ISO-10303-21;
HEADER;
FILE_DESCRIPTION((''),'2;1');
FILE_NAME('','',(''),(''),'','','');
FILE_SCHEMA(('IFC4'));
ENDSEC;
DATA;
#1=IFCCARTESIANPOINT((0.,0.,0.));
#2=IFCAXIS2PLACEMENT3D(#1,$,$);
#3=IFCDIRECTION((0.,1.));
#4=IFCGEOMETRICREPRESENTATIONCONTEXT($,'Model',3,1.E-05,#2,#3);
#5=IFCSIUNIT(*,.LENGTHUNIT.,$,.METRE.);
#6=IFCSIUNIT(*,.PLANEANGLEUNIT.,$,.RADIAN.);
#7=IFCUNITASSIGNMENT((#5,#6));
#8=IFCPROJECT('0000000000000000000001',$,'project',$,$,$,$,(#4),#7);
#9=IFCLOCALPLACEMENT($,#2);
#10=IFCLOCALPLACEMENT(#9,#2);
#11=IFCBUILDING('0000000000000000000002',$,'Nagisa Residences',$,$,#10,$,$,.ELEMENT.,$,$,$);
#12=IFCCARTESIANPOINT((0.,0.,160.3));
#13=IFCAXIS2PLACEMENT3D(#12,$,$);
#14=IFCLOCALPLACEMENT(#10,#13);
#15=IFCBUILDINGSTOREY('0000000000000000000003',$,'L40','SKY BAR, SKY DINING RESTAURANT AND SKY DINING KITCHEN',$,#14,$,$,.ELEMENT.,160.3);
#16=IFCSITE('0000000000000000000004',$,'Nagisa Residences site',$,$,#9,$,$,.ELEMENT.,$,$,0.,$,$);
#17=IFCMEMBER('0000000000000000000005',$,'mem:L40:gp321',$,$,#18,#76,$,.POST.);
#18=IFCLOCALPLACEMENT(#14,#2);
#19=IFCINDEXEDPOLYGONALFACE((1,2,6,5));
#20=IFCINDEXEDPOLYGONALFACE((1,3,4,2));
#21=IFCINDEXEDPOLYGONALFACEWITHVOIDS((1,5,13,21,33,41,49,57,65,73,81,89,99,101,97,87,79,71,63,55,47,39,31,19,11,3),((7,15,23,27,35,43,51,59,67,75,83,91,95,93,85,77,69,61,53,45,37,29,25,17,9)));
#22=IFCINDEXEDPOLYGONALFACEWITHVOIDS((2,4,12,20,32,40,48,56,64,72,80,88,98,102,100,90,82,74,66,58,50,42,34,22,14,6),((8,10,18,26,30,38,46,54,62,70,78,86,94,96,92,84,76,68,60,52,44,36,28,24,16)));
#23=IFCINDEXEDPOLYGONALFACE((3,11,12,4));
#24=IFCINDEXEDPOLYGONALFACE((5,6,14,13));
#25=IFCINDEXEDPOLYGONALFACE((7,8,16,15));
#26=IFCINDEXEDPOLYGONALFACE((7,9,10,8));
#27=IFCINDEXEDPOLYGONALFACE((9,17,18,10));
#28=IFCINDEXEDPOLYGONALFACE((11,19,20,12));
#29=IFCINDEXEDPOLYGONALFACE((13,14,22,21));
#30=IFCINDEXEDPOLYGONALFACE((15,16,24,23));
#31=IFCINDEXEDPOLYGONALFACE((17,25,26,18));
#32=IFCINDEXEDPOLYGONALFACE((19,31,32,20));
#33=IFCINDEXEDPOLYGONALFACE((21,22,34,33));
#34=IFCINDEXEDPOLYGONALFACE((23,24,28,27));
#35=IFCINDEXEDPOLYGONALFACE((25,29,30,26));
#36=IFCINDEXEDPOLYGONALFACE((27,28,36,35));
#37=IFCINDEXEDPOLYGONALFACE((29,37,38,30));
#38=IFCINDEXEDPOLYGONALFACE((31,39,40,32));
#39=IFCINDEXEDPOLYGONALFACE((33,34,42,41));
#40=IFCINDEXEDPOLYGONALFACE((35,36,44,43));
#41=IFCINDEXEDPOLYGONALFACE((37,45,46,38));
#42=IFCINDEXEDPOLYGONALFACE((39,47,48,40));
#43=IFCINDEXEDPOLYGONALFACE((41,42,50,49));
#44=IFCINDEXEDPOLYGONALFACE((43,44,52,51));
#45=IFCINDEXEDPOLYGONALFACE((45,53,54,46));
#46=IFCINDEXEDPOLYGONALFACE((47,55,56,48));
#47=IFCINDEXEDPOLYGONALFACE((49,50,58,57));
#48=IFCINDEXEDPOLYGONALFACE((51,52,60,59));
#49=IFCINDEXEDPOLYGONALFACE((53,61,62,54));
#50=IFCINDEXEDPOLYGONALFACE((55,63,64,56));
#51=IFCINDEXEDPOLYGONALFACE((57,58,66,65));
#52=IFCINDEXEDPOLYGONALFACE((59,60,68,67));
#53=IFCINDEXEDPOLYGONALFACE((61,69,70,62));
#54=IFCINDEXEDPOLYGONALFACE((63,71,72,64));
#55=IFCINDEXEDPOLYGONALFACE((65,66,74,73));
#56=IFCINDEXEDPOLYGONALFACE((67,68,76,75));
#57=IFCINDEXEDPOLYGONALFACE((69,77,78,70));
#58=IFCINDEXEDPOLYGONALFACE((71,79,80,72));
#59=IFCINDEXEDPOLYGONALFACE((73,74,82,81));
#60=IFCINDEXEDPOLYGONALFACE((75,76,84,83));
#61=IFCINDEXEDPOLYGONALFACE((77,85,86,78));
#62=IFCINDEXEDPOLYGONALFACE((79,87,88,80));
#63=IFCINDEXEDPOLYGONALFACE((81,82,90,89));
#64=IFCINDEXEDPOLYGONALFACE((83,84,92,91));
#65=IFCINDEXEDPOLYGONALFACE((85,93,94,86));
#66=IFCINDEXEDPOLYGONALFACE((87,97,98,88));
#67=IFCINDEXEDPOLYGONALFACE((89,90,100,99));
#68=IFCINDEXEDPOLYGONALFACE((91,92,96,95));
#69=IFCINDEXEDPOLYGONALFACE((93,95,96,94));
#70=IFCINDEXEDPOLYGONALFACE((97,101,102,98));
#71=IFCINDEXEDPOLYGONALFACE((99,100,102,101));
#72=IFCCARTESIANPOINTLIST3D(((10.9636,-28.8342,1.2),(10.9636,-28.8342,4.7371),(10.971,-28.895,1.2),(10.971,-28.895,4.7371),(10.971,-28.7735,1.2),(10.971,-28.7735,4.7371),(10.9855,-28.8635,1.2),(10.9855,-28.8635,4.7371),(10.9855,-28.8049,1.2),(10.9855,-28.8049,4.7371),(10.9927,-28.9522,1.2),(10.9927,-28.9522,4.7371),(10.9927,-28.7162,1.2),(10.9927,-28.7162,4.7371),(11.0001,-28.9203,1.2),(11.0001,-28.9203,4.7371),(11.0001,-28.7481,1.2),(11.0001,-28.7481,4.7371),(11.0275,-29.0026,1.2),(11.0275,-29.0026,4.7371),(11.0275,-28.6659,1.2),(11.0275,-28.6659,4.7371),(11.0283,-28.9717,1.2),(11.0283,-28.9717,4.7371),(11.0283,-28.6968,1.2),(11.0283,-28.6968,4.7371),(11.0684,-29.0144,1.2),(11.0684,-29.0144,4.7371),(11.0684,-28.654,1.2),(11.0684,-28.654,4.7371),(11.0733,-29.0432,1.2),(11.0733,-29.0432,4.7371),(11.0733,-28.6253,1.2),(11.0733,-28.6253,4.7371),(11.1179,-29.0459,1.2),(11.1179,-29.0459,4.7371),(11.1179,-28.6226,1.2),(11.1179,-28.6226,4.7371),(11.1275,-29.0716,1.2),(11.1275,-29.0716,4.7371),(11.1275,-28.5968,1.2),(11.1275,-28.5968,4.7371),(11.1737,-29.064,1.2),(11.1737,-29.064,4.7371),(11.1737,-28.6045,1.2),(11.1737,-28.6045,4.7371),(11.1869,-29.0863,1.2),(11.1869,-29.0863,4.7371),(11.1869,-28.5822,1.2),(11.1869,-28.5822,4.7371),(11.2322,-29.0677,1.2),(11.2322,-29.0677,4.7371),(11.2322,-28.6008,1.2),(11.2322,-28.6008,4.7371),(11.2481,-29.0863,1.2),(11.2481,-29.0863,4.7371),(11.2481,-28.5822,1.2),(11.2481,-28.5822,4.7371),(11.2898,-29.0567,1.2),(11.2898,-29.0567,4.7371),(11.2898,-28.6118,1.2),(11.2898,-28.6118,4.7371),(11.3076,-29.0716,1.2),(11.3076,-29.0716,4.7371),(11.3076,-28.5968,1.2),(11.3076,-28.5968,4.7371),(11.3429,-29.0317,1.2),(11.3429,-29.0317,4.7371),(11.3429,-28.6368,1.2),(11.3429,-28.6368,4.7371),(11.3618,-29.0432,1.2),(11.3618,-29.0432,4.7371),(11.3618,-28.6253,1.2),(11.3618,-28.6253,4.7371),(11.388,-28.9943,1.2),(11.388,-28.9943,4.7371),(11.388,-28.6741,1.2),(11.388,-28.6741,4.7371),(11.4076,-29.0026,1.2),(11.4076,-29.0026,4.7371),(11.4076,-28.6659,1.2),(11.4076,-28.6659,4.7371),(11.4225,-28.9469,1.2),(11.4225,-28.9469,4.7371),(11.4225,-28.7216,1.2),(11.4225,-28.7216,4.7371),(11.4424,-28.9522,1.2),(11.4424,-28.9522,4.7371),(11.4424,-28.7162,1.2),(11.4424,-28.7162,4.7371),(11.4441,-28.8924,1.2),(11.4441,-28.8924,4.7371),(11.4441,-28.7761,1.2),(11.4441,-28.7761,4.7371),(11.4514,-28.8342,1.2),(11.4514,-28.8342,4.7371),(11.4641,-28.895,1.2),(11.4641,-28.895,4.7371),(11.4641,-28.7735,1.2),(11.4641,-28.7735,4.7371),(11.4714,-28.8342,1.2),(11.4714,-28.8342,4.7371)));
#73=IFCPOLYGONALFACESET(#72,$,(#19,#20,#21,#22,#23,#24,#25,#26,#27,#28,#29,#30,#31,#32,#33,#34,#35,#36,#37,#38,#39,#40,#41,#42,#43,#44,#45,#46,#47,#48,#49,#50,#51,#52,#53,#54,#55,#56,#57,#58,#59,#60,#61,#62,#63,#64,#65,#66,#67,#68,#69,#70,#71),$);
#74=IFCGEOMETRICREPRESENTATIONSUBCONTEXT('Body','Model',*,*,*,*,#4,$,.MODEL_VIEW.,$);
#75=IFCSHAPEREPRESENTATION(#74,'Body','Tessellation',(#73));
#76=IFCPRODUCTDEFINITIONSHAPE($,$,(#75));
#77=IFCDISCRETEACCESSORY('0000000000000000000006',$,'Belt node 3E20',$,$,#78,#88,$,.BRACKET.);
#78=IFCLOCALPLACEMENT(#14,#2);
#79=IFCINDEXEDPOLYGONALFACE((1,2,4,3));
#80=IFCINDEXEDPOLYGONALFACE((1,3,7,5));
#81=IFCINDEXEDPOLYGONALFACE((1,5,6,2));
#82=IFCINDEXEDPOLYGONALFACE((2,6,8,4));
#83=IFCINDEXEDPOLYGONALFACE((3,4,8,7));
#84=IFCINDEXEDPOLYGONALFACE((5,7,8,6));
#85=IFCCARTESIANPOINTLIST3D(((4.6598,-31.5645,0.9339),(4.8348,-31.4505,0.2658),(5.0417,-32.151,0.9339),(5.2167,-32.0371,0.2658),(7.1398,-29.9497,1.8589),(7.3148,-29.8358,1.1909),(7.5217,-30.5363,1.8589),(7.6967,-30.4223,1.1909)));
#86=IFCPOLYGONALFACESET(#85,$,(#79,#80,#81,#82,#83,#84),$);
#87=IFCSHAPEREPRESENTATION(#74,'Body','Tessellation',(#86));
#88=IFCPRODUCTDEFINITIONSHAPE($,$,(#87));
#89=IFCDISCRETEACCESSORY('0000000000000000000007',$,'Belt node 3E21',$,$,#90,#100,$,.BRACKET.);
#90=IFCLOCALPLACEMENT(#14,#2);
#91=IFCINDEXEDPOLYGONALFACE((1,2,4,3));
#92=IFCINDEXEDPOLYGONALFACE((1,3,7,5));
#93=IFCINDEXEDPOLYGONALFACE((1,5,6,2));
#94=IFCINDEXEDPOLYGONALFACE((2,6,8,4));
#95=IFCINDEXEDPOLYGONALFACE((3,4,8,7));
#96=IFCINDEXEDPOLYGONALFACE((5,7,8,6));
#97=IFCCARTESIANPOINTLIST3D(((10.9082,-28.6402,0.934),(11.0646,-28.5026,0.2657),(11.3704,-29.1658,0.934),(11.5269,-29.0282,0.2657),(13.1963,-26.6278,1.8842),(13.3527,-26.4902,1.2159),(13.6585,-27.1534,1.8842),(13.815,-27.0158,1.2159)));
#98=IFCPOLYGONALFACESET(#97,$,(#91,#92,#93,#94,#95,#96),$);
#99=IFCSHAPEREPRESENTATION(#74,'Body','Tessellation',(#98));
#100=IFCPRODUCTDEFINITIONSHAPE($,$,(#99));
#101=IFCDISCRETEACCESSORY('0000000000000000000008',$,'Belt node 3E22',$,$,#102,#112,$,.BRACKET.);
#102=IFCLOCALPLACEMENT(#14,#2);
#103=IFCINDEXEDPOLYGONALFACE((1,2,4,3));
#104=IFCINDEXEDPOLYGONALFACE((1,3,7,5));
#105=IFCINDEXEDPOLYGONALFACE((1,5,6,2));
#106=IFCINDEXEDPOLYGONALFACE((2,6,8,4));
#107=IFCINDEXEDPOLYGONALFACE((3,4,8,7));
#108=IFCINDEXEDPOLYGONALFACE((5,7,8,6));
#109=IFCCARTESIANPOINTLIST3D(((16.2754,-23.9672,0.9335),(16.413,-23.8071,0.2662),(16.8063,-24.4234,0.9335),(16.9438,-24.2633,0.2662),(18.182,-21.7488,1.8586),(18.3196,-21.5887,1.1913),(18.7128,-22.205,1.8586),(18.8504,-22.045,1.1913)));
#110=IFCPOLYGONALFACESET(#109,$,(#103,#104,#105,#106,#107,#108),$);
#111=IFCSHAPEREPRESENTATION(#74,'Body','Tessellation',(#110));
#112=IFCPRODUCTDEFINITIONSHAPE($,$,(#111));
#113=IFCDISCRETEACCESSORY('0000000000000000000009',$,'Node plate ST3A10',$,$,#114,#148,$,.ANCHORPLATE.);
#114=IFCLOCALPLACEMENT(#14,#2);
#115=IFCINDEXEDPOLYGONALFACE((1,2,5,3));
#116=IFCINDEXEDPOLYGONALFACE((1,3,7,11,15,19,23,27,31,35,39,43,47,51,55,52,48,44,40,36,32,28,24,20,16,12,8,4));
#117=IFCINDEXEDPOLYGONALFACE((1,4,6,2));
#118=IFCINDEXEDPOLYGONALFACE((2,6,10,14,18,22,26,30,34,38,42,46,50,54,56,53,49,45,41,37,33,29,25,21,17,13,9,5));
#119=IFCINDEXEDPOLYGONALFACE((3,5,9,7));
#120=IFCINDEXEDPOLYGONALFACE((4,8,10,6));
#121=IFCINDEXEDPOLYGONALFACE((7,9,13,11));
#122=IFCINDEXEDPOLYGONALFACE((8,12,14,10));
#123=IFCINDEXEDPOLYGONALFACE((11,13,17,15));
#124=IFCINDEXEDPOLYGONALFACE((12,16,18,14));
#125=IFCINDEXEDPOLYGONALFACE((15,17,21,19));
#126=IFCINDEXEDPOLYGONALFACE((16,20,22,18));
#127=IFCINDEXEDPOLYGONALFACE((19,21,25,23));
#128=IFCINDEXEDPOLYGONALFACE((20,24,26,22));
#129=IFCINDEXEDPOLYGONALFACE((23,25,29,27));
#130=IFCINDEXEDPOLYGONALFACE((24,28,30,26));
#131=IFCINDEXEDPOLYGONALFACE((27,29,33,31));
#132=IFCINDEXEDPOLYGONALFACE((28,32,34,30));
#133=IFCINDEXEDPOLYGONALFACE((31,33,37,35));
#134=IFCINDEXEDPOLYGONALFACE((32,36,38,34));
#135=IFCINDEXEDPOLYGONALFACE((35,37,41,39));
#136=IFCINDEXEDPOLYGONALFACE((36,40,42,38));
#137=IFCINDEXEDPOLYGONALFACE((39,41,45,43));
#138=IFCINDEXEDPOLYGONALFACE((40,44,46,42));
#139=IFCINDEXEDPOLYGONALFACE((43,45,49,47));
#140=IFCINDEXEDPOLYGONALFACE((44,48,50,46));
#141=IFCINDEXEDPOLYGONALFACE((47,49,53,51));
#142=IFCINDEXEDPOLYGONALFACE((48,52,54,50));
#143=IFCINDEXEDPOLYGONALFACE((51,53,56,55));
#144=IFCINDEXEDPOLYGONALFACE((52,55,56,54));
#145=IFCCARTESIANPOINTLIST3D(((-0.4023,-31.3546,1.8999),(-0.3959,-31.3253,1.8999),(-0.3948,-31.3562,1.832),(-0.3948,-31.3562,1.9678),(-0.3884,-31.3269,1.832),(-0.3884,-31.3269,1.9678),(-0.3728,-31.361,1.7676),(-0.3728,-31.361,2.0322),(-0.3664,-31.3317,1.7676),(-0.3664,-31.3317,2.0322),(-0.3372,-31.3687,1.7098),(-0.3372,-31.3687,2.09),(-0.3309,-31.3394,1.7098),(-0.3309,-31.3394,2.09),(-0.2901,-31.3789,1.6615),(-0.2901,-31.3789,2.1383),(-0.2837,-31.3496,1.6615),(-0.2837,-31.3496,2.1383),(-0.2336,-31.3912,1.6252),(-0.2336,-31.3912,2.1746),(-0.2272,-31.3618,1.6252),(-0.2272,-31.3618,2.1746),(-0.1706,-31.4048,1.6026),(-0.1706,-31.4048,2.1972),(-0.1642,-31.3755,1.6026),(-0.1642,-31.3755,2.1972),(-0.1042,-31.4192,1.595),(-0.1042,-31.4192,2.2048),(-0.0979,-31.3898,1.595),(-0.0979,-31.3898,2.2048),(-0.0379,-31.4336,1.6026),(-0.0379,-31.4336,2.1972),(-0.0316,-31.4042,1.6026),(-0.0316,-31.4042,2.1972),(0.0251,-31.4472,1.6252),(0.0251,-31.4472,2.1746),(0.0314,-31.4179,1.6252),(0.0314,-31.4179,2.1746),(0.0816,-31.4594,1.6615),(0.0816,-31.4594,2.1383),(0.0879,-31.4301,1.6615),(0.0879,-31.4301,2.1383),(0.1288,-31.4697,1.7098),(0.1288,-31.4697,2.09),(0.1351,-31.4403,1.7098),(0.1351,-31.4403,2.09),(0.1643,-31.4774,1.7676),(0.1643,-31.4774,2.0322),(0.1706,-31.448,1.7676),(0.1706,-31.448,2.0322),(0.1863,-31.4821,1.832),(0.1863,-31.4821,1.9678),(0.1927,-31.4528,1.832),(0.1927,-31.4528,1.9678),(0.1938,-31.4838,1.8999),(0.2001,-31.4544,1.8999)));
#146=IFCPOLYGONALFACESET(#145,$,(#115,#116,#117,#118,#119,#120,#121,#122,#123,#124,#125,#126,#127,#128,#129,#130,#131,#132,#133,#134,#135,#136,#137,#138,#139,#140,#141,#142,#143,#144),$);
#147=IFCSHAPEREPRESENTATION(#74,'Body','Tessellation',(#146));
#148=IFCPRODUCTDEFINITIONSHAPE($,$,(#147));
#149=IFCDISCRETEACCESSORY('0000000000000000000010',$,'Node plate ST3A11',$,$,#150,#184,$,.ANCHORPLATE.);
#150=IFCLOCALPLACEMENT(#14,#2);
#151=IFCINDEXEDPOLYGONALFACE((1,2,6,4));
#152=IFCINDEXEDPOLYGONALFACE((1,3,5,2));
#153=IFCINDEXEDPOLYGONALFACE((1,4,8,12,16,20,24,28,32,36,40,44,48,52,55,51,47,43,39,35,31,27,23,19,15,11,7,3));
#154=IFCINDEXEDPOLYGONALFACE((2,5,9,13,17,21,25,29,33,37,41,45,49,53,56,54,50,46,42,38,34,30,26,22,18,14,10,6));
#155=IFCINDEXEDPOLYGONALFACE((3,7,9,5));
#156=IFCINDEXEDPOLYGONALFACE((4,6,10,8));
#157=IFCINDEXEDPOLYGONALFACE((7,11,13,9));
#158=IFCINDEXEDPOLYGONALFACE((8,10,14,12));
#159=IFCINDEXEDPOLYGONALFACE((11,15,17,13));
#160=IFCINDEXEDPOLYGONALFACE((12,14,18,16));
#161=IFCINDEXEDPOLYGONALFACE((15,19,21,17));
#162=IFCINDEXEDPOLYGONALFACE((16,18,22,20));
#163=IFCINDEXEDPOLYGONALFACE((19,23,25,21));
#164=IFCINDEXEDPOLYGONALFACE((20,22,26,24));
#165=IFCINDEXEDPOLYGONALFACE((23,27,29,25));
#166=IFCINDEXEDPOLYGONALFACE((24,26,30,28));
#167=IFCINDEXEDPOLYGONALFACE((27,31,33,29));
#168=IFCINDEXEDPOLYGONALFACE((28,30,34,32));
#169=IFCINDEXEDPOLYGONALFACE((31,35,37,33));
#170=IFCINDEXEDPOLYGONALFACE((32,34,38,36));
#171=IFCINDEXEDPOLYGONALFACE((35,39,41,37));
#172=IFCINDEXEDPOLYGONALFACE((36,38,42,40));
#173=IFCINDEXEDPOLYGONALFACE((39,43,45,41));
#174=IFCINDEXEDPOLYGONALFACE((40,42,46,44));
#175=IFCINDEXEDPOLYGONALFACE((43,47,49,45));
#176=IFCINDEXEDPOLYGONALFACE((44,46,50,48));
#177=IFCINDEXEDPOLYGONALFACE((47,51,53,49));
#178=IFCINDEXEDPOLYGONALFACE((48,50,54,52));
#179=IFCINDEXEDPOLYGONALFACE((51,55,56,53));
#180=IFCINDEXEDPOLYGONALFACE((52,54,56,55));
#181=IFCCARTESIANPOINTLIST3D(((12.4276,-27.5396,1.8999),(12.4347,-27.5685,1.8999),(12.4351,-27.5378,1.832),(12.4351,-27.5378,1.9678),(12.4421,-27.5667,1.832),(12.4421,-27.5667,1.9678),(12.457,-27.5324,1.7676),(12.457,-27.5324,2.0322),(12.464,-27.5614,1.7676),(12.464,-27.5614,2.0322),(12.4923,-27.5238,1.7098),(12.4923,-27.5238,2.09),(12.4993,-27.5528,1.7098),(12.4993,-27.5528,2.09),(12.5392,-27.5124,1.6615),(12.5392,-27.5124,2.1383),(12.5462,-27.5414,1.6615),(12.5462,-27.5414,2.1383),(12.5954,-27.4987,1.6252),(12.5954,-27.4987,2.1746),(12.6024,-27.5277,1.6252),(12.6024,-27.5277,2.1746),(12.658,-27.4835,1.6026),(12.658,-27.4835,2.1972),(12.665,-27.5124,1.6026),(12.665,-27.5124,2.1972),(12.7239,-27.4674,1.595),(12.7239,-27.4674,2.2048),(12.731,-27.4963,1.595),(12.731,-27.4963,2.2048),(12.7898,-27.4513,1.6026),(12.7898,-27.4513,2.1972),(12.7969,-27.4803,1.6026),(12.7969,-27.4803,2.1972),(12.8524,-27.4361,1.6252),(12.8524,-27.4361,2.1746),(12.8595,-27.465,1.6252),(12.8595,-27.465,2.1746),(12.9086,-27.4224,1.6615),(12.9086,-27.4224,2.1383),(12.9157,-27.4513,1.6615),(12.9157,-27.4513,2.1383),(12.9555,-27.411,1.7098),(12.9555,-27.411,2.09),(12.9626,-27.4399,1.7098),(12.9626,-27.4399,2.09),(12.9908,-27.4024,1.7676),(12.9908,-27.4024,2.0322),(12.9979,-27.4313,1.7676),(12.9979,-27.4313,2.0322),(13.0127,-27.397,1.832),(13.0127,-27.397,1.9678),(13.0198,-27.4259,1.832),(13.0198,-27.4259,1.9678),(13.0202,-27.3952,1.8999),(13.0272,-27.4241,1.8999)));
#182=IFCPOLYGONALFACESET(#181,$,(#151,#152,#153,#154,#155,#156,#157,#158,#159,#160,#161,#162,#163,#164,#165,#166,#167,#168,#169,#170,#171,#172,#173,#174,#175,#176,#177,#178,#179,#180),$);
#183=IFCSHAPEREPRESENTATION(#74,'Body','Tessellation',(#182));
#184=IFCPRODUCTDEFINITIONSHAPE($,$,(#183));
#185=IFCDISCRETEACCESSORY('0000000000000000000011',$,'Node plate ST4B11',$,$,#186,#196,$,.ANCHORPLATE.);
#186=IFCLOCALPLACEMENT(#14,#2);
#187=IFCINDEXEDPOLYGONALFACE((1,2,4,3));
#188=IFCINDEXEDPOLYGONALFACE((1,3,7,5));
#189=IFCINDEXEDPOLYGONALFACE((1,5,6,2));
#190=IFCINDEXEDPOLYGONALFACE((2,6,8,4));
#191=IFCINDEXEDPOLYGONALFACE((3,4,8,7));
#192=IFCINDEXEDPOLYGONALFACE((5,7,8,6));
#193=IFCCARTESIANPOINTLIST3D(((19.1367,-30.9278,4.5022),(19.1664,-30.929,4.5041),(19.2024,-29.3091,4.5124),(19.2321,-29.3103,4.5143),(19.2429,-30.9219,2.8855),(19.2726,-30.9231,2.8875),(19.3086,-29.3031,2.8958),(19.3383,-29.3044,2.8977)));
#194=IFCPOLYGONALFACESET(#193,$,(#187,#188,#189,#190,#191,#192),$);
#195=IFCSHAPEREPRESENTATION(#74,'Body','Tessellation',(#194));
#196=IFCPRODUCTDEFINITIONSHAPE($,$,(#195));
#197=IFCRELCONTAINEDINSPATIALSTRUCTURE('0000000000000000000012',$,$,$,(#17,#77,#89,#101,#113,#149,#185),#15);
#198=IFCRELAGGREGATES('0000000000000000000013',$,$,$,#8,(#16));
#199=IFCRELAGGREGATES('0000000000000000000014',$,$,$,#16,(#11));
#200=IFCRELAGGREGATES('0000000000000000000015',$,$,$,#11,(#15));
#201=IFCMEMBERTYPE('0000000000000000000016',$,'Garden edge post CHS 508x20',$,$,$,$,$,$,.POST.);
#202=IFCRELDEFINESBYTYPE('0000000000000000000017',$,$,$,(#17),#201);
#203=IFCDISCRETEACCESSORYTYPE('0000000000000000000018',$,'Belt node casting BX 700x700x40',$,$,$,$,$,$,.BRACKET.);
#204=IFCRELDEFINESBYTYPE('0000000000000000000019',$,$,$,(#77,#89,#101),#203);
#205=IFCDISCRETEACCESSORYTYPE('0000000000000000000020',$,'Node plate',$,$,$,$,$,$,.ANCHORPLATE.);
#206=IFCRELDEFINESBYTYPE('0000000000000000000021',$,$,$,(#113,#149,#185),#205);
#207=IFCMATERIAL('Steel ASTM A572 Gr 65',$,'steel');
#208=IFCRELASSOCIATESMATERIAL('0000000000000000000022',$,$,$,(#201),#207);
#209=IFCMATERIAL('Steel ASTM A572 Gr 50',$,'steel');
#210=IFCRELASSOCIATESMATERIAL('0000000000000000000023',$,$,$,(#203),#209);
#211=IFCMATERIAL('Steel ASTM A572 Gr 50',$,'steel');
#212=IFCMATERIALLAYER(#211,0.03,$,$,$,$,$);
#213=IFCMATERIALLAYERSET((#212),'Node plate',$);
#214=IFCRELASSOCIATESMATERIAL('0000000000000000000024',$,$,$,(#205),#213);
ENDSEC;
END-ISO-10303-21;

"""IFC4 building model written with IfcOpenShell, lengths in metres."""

from ifc_helpers import new_model, si_unit, direction, frame, origin, origin_2d, place, context, subcontext, project, spatial, rectangle, circle, hollow_circle, extrude, material, layer, layer_set, material_profile, profile_set, type_object, element, save


model = new_model("IFC4")

# Units and contexts
model_context = context("Model", 3, precision=1e-05, world=origin(), true_north=direction((0.0, 1.0)))
body_context = subcontext(model_context, "Body", "Model", "MODEL_VIEW")
ifc_project = project(units=[si_unit("LENGTHUNIT", "METRE"), si_unit("PLANEANGLEUNIT", "RADIAN")], contexts=[model_context])

# Site, building, storey
site_placement = place(None, origin())
site = spatial("IfcSite", under=ifc_project, at=site_placement, Name="Nagisa Residences site", CompositionType="ELEMENT", RefElevation=0.0)
building_placement = place(site_placement, origin())
building = spatial("IfcBuilding", under=site, at=building_placement, Name="Nagisa Residences", CompositionType="ELEMENT")
storey_placement = place(building_placement, frame((0.0, 0.0, 160.3)))
storey = spatial("IfcBuildingStorey", under=building, at=storey_placement, Name="L40", Description="SKY BAR, SKY DINING RESTAURANT AND SKY DINING KITCHEN", CompositionType="ELEMENT", Elevation=160.3)

# Member
ifc_material_1 = material(Name="Steel ASTM A572 Gr 65", Category="steel")
ifc_material_profile_1 = material_profile(ifc_material_1, hollow_circle(Radius=0.2539, WallThickness=0.02, at=origin_2d()), Name="CHS 508x20")
ifc_profile_set_1 = profile_set([ifc_material_profile_1], Name="Steel ASTM A572 Gr 65")
member_type_1 = type_object("IfcMemberType", Name="Garden edge post CHS 508x20", PredefinedType="POST", material=ifc_profile_set_1)
for number, where, z_axis, x_axis, name in (
    (1, (11.2175, -28.8342, 1.2), (0.0, 0.0, 1.0), (1.0, 0.0, 0.0), "mem:L40:gp321"),
):
    element("IfcMember", number, at=place(storey_placement, frame(where, z_axis=z_axis, x_axis=x_axis)), inside=storey, type_object=member_type_1, Name=name, PredefinedType="POST", context=body_context, shape_type="SweptSolid", body=[
        extrude(hollow_circle(Radius=0.2539, WallThickness=0.02, at=origin_2d()), origin(), (0.0, 0.0, 1.0), 3.5371),
    ])

# Discrete accessories
ifc_material_2 = material(Name="Steel ASTM A572 Gr 50", Category="steel")
discrete_accessory_type_1 = type_object("IfcDiscreteAccessoryType", Name="Belt node casting BX 700x700x40", PredefinedType="BRACKET", material=ifc_material_2)
discrete_accessory_1_placement = place(storey_placement, frame((4.9382, -31.8008, 0.5999), z_axis=(0.799851, 0.520793, 0.29835), x_axis=(-0.545644, 0.838017, 0.0)))
element("IfcDiscreteAccessory", 2, at=discrete_accessory_1_placement, inside=storey, type_object=discrete_accessory_type_1, Name="Belt node 3E20", PredefinedType="BRACKET", context=body_context, shape_type="SweptSolid", body=[
    extrude(rectangle(XDim=0.7, YDim=0.7, at=origin_2d()), origin(), (0.0, 0.0, 1.0), 3.1006),
])
discrete_accessory_2_placement = place(storey_placement, frame((11.2175, -28.8342, 0.5999), z_axis=(0.716843, 0.630489, 0.29769), x_axis=(-0.660431, 0.750887, 0.0)))
element("IfcDiscreteAccessory", 3, at=discrete_accessory_2_placement, inside=storey, type_object=discrete_accessory_type_1, Name="Belt node 3E21", PredefinedType="BRACKET", context=body_context, shape_type="SweptSolid", body=[
    extrude(rectangle(XDim=0.7, YDim=0.7, at=origin_2d()), origin(), (0.0, 0.0, 1.0), 3.1919),
])
discrete_accessory_3_placement = place(storey_placement, frame((16.6096, -24.1152, 0.5999), z_axis=(0.621462, 0.72309, 0.301539), x_axis=(-0.75839, 0.651801, 0.0)))
element("IfcDiscreteAccessory", 4, at=discrete_accessory_3_placement, inside=storey, type_object=discrete_accessory_type_1, Name="Belt node 3E22", PredefinedType="BRACKET", context=body_context, shape_type="SweptSolid", body=[
    extrude(rectangle(XDim=0.7, YDim=0.7, at=origin_2d()), origin(), (0.0, 0.0, 1.0), 3.0679),
])
ifc_material_3 = material(Name="Steel ASTM A572 Gr 50", Category="steel")
ifc_layer = layer(ifc_material_3, 0.03)
ifc_layer_set = layer_set([ifc_layer], Name="Node plate")
discrete_accessory_type_2 = type_object("IfcDiscreteAccessoryType", Name="Node plate", PredefinedType="ANCHORPLATE", material=ifc_layer_set)
discrete_accessory_4_placement = place(storey_placement, frame((-0.1042, -31.4192, 1.8999), z_axis=(0.211753, 0.977323, 0.0), x_axis=(-0.977323, 0.211753, 0.0)))
element("IfcDiscreteAccessory", 5, at=discrete_accessory_4_placement, inside=storey, type_object=discrete_accessory_type_2, Name="Node plate ST3A10", PredefinedType="ANCHORPLATE", context=body_context, shape_type="SweptSolid", body=[
    extrude(circle(Radius=0.3049, at=origin_2d()), origin(), (0.0, 0.0, 1.0), 0.03),
])
discrete_accessory_5_placement = place(storey_placement, frame((12.731, -27.4963, 1.8999), z_axis=(-0.236768, 0.971566, 0.0), x_axis=(-0.971566, -0.236768, 0.0)))
element("IfcDiscreteAccessory", 6, at=discrete_accessory_5_placement, inside=storey, type_object=discrete_accessory_type_2, Name="Node plate ST3A11", PredefinedType="ANCHORPLATE", context=body_context, shape_type="SweptSolid", body=[
    extrude(circle(Radius=0.3049, at=origin_2d()), origin(), (0.0, 0.0, 1.0), 0.0298),
])
discrete_accessory_6_placement = place(storey_placement, frame((19.2227, -30.1155, 3.699), z_axis=(0.997024, -0.040862, 0.065379), x_axis=(0.040535, 0.999158, 0.006317)))
element("IfcDiscreteAccessory", 7, at=discrete_accessory_6_placement, inside=storey, type_object=discrete_accessory_type_2, Name="Node plate ST4B11", PredefinedType="ANCHORPLATE", context=body_context, shape_type="SweptSolid", body=[
    extrude(rectangle(XDim=1.6201, YDim=1.6201, at=origin_2d()), origin(), (0.0, 0.0, 1.0), 0.0298),
])

save(model, "model.ifc")
